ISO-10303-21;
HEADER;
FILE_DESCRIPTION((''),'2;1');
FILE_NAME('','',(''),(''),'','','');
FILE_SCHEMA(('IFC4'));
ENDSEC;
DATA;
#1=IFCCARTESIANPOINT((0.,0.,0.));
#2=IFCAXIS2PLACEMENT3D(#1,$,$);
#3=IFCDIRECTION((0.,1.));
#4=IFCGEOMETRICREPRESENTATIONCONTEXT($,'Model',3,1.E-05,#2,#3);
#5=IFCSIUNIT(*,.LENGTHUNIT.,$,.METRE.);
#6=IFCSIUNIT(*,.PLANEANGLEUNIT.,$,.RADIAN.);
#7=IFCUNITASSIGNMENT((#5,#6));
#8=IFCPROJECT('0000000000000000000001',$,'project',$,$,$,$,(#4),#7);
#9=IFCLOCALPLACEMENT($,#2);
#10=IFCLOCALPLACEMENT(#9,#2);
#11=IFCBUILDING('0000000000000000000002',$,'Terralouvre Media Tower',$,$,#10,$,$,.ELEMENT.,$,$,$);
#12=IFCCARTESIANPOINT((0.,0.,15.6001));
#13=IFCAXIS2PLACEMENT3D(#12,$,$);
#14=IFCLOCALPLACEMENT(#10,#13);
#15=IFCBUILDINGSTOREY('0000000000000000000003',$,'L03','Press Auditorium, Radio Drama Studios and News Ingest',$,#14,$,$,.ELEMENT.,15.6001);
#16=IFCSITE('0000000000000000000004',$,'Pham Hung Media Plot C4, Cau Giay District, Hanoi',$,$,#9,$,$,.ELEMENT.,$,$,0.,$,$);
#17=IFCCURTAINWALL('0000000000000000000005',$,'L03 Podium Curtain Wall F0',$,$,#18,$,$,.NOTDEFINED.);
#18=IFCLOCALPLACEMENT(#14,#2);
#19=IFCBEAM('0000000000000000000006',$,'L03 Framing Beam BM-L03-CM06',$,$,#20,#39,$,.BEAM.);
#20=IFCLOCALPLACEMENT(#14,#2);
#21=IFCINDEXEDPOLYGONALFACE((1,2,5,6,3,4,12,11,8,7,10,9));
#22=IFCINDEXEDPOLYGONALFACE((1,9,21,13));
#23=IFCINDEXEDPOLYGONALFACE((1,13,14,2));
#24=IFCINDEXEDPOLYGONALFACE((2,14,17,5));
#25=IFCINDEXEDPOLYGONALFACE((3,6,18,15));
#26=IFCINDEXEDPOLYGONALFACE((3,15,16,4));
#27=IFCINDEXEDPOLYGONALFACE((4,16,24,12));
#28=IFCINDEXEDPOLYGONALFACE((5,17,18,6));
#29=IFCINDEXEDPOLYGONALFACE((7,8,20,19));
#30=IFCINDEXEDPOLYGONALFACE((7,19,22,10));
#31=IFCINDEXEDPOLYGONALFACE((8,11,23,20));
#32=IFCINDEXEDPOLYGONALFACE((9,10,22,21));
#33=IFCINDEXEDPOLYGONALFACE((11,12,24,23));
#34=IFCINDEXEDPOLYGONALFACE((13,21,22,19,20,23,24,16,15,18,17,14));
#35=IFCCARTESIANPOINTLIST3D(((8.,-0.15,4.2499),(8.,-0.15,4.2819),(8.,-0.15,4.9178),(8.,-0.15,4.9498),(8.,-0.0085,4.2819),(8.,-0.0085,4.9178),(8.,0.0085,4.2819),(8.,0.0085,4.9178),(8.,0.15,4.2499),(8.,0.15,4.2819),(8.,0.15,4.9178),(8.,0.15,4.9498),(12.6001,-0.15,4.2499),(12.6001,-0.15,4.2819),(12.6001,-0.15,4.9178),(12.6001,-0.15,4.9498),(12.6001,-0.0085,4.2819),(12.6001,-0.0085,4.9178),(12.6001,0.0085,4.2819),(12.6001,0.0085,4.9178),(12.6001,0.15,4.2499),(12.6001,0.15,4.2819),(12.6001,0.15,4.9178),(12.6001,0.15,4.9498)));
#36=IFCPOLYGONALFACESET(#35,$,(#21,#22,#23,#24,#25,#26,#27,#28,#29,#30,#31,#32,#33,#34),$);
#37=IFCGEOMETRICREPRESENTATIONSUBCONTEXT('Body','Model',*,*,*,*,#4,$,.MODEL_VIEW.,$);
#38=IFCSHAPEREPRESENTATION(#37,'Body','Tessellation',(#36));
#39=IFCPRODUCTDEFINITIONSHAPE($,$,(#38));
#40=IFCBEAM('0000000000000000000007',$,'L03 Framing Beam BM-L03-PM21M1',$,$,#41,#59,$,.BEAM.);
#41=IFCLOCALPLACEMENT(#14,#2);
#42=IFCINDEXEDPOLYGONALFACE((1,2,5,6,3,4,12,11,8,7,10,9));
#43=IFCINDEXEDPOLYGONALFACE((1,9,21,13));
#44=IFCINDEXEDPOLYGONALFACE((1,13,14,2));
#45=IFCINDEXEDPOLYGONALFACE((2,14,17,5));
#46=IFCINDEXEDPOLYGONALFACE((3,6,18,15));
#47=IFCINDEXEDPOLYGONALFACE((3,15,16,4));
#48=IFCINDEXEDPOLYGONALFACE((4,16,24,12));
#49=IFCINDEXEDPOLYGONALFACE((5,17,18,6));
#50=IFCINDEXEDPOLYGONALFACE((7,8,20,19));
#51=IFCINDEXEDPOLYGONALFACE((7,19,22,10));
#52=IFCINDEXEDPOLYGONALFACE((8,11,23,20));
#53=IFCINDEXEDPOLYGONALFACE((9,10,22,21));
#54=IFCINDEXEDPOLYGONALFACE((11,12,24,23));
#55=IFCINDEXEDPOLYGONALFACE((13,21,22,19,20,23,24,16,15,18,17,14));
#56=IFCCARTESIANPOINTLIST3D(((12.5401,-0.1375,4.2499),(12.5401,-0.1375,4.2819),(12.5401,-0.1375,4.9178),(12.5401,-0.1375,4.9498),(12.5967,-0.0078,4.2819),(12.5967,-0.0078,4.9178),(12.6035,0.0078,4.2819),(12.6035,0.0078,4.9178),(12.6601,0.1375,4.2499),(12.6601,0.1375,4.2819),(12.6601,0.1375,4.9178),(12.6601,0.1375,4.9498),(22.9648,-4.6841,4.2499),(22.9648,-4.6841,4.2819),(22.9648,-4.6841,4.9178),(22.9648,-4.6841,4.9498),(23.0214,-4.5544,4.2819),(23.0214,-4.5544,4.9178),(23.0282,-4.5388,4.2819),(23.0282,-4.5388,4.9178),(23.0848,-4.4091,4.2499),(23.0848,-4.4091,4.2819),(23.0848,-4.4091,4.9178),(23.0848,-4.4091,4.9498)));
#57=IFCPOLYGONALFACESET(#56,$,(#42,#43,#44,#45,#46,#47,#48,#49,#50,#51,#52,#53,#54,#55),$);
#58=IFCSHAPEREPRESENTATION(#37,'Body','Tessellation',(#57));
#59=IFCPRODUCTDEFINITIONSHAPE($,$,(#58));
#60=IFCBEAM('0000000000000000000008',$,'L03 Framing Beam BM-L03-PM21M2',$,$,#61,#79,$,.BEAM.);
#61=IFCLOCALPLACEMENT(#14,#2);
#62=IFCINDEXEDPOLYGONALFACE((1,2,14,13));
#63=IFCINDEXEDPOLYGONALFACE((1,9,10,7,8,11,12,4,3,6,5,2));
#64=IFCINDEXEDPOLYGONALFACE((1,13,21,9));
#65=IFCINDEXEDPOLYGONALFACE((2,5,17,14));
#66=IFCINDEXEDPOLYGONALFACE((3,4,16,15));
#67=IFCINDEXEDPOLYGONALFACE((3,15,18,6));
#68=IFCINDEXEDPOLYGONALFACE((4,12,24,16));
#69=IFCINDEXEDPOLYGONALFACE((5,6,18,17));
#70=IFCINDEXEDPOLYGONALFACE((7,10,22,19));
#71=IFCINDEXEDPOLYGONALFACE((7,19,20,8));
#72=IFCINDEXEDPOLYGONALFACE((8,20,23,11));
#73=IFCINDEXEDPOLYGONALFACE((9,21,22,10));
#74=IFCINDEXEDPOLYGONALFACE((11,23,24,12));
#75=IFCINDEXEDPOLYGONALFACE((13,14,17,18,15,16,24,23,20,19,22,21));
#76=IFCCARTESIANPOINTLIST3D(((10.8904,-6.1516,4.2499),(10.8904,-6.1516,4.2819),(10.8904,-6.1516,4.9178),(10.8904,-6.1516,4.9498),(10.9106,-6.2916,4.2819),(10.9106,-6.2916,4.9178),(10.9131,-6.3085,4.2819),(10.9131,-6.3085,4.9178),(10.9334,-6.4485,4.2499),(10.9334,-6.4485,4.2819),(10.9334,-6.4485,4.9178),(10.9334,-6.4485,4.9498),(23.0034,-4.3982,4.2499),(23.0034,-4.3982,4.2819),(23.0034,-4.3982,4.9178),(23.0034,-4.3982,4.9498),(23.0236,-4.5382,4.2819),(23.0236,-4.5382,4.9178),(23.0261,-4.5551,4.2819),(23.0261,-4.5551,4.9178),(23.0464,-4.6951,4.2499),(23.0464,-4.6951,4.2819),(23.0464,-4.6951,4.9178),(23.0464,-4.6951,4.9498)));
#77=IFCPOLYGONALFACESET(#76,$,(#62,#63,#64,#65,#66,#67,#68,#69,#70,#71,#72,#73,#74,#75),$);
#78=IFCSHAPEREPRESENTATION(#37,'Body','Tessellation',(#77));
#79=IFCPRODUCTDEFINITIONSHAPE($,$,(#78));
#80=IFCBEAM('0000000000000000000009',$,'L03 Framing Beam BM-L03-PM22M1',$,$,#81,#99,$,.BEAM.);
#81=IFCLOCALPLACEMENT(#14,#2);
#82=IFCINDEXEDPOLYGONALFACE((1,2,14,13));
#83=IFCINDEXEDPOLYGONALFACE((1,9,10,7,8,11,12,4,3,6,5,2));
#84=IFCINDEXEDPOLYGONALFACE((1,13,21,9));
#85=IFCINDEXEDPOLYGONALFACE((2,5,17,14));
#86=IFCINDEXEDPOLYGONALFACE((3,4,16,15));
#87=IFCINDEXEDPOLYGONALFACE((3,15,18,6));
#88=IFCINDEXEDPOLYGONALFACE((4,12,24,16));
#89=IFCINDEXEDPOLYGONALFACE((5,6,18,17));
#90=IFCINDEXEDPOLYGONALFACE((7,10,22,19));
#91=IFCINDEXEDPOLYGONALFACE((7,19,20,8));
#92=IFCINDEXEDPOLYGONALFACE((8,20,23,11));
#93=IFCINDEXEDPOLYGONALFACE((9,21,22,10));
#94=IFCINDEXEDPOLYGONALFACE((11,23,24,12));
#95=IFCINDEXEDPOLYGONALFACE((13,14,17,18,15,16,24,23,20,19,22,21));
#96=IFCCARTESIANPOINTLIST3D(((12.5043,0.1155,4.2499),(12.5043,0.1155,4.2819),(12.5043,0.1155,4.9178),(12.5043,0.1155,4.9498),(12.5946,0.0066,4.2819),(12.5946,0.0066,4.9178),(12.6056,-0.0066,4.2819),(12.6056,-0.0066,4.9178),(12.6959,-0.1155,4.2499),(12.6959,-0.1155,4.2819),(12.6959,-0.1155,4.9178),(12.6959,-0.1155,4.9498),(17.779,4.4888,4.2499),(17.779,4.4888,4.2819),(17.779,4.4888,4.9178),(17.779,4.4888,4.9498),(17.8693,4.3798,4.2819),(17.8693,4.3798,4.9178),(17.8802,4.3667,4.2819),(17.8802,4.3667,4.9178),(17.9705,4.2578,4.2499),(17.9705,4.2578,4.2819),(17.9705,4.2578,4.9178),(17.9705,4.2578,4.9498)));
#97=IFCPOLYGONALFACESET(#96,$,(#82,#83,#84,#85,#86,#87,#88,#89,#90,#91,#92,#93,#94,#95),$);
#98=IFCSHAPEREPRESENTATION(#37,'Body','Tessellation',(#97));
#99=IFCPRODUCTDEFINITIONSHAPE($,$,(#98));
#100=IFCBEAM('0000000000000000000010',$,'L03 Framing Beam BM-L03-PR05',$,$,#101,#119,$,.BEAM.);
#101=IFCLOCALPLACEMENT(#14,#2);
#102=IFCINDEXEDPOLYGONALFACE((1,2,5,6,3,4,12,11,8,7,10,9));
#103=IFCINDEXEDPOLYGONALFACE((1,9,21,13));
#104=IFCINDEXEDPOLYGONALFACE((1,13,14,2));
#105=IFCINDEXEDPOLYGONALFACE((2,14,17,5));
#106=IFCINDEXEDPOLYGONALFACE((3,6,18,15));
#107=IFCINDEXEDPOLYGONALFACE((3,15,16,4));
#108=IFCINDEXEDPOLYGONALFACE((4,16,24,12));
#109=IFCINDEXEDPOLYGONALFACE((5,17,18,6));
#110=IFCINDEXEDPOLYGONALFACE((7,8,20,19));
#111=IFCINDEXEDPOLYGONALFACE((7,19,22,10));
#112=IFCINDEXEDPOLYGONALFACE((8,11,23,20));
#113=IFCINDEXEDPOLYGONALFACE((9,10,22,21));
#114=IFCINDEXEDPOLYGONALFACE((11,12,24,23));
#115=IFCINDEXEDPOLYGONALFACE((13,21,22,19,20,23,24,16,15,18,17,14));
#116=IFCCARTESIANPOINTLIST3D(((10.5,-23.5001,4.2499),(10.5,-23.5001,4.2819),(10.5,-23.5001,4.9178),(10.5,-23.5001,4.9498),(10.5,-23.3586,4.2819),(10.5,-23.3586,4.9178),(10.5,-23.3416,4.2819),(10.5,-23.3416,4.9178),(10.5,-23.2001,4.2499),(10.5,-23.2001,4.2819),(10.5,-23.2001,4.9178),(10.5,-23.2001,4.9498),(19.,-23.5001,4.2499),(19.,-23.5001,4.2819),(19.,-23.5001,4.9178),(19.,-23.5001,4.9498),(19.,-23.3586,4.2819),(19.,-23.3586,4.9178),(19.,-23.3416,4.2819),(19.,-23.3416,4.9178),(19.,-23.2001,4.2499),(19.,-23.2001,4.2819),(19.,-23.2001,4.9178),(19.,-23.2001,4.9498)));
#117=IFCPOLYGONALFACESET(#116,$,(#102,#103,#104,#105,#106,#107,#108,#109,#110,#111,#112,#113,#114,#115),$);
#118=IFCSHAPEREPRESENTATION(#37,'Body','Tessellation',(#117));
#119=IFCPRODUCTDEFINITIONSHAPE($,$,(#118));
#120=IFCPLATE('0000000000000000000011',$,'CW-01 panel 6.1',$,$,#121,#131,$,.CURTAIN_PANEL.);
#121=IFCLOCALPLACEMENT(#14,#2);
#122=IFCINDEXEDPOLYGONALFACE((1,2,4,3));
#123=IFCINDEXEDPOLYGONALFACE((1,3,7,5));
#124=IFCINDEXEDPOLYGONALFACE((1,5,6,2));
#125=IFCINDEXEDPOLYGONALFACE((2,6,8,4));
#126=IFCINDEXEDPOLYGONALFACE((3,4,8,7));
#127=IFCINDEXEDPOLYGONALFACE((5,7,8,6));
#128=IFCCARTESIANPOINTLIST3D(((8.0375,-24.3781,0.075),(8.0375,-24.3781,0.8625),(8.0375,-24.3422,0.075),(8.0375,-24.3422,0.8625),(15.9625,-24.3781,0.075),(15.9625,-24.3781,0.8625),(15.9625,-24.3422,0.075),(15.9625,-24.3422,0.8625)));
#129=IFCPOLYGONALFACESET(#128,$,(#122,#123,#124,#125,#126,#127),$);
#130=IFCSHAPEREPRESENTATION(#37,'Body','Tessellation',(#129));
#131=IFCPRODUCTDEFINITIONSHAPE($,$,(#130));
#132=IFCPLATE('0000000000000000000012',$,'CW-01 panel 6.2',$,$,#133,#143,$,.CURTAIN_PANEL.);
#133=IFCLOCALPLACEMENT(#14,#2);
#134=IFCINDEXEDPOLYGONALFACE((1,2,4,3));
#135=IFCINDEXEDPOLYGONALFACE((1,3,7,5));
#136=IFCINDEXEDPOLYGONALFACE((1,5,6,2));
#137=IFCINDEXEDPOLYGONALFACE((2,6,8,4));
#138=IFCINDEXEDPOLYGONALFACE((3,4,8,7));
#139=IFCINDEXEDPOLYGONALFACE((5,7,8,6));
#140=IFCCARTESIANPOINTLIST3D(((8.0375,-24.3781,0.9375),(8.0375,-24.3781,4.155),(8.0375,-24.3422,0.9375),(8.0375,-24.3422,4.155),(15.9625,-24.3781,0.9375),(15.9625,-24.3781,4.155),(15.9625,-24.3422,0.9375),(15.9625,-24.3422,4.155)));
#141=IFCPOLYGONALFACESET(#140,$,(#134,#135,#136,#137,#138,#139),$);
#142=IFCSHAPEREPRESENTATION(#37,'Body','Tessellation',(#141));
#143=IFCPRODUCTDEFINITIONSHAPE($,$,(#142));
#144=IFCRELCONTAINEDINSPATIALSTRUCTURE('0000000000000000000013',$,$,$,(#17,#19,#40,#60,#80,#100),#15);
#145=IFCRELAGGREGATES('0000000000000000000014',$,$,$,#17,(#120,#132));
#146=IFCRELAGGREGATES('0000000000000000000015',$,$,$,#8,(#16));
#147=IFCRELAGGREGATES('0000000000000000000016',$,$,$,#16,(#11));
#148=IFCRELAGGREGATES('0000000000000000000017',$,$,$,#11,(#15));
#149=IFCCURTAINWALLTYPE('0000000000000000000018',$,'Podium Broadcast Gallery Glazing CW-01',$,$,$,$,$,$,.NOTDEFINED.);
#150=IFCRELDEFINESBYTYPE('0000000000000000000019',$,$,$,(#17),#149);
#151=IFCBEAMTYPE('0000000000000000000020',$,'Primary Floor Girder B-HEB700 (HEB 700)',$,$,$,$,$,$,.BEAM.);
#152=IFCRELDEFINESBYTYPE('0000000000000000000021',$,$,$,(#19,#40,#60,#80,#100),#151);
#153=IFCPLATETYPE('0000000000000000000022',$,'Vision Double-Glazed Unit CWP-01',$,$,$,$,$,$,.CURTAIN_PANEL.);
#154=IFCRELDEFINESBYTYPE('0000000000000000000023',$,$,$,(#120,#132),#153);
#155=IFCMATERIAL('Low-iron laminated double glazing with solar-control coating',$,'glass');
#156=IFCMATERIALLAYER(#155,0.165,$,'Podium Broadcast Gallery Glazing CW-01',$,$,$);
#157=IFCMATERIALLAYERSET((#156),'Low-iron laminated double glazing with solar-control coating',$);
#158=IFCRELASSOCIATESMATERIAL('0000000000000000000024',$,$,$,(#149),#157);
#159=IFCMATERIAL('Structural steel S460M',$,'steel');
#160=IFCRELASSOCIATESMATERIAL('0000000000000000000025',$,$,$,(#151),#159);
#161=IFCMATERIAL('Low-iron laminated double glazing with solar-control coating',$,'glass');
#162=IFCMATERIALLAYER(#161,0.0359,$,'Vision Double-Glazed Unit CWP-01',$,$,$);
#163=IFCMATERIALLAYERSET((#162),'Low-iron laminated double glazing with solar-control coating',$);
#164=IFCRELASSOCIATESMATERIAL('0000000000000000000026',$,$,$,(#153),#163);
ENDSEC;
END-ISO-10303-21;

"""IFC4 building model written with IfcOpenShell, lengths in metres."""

from ifc_helpers import new_model, si_unit, direction, frame, origin, origin_2d, place, context, subcontext, project, spatial, rectangle, i_section, extrude, material, layer, layer_set, material_profile, profile_set, type_object, element, aggregate, save


model = new_model("IFC4")

# Units and contexts
model_context = context("Model", 3, precision=1e-05, world=origin(), true_north=direction((0.0, 1.0)))
body_context = subcontext(model_context, "Body", "Model", "MODEL_VIEW")
ifc_project = project(units=[si_unit("LENGTHUNIT", "METRE"), si_unit("PLANEANGLEUNIT", "RADIAN")], contexts=[model_context])

# Site, building, storey
site_placement = place(None, origin())
site = spatial("IfcSite", under=ifc_project, at=site_placement, Name="Pham Hung Media Plot C4, Cau Giay District, Hanoi", CompositionType="ELEMENT", RefElevation=0.0)
building_placement = place(site_placement, origin())
building = spatial("IfcBuilding", under=site, at=building_placement, Name="Terralouvre Media Tower", CompositionType="ELEMENT")
storey_placement = place(building_placement, frame((0.0, 0.0, 15.6001)))
storey = spatial("IfcBuildingStorey", under=building, at=storey_placement, Name="L03", Description="Press Auditorium, Radio Drama Studios and News Ingest", CompositionType="ELEMENT", Elevation=15.6001)

# Curtain wall
ifc_material_1 = material(Name="Low-iron laminated double glazing with solar-control coating", Category="glass")
ifc_layer_1 = layer(ifc_material_1, 0.165, Name="Podium Broadcast Gallery Glazing CW-01")
ifc_layer_set_1 = layer_set([ifc_layer_1], Name="Low-iron laminated double glazing with solar-control coating")
curtain_wall_type = type_object("IfcCurtainWallType", Name="Podium Broadcast Gallery Glazing CW-01", PredefinedType="NOTDEFINED", material=ifc_layer_set_1)
curtain_wall_placement = place(storey_placement, origin())
curtain_wall = element("IfcCurtainWall", 1, at=curtain_wall_placement, inside=storey, type_object=curtain_wall_type, Name="L03 Podium Curtain Wall F0", PredefinedType="NOTDEFINED")

# Beams
ifc_material_2 = material(Name="Structural steel S460M", Category="steel")
ifc_material_profile_1 = material_profile(ifc_material_2, i_section(OverallWidth=0.3, OverallDepth=0.7, WebThickness=0.0171, FlangeThickness=0.032, at=origin_2d()), Name="HEB 700")
ifc_profile_set_1 = profile_set([ifc_material_profile_1], Name="Structural steel S460M")
beam_type_1 = type_object("IfcBeamType", Name="Primary Floor Girder B-HEB700 (HEB 700)", PredefinedType="BEAM", material=ifc_profile_set_1)
beam_1_placement = place(storey_placement, frame((8.0, 0.0, 4.5999), z_axis=(1.0, 0.0, 0.0), x_axis=(0.0, 1.0, 0.0)))
element("IfcBeam", 2, at=beam_1_placement, inside=storey, type_object=beam_type_1, Name="L03 Framing Beam BM-L03-CM06", PredefinedType="BEAM", context=body_context, shape_type="SweptSolid", body=[
    extrude(i_section(OverallWidth=0.3, OverallDepth=0.7, WebThickness=0.0171, FlangeThickness=0.032, at=origin_2d()), origin(), (0.0, 0.0, 1.0), 4.6001),
])
beam_2_placement = place(storey_placement, frame((12.6001, 0.0, 4.5999), z_axis=(0.916616, -0.399769, 0.0), x_axis=(0.399769, 0.916616, 0.0)))
element("IfcBeam", 3, at=beam_2_placement, inside=storey, type_object=beam_type_1, Name="L03 Framing Beam BM-L03-PM21M1", PredefinedType="BEAM", context=body_context, shape_type="SweptSolid", body=[
    extrude(i_section(OverallWidth=0.3, OverallDepth=0.7, WebThickness=0.0171, FlangeThickness=0.032, at=origin_2d()), origin(), (0.0, 0.0, 1.0), 11.373),
])
beam_3_placement = place(storey_placement, frame((10.9119, -6.3, 4.5999), z_axis=(0.989685, 0.143261, 0.0), x_axis=(-0.143261, 0.989685, 0.0)))
element("IfcBeam", 4, at=beam_3_placement, inside=storey, type_object=beam_type_1, Name="L03 Framing Beam BM-L03-PM21M2", PredefinedType="BEAM", context=body_context, shape_type="SweptSolid", body=[
    extrude(i_section(OverallWidth=0.3, OverallDepth=0.7, WebThickness=0.0171, FlangeThickness=0.032, at=origin_2d()), origin(), (0.0, 0.0, 1.0), 12.2393),
])
beam_4_placement = place(storey_placement, frame((12.6001, 0.0, 4.5999), z_axis=(0.769816, 0.638265, 0.0), x_axis=(-0.638265, 0.769816, 0.0)))
element("IfcBeam", 5, at=beam_4_placement, inside=storey, type_object=beam_type_1, Name="L03 Framing Beam BM-L03-PM22M1", PredefinedType="BEAM", context=body_context, shape_type="SweptSolid", body=[
    extrude(i_section(OverallWidth=0.3, OverallDepth=0.7, WebThickness=0.0171, FlangeThickness=0.032, at=origin_2d()), origin(), (0.0, 0.0, 1.0), 6.8518),
])
beam_5_placement = place(storey_placement, frame((10.5, -23.3501, 4.5999), z_axis=(1.0, 0.0, 0.0), x_axis=(0.0, 1.0, 0.0)))
element("IfcBeam", 6, at=beam_5_placement, inside=storey, type_object=beam_type_1, Name="L03 Framing Beam BM-L03-PR05", PredefinedType="BEAM", context=body_context, shape_type="SweptSolid", body=[
    extrude(i_section(OverallWidth=0.3, OverallDepth=0.7, WebThickness=0.0171, FlangeThickness=0.032, at=origin_2d()), origin(), (0.0, 0.0, 1.0), 8.5),
])

# Plates
ifc_material_3 = material(Name="Low-iron laminated double glazing with solar-control coating", Category="glass")
ifc_layer_2 = layer(ifc_material_3, 0.0359, Name="Vision Double-Glazed Unit CWP-01")
ifc_layer_set_2 = layer_set([ifc_layer_2], Name="Low-iron laminated double glazing with solar-control coating")
plate_type = type_object("IfcPlateType", Name="Vision Double-Glazed Unit CWP-01", PredefinedType="CURTAIN_PANEL", material=ifc_layer_set_2)
plate_1_placement = place(storey_placement, frame((12.0, -24.3601, 0.075), z_axis=(0.0, 0.0, 1.0), x_axis=(1.0, 0.0, 0.0)))
plate_1 = element("IfcPlate", 7, at=plate_1_placement, type_object=plate_type, Name="CW-01 panel 6.1", PredefinedType="CURTAIN_PANEL", context=body_context, shape_type="SweptSolid", body=[
    extrude(rectangle(XDim=7.925, YDim=0.0359, at=origin_2d()), origin(), (0.0, 0.0, 1.0), 0.7876),
])
plate_2_placement = place(storey_placement, frame((12.0, -24.3601, 0.9375), z_axis=(0.0, 0.0, 1.0), x_axis=(1.0, 0.0, 0.0)))
plate_2 = element("IfcPlate", 8, at=plate_2_placement, type_object=plate_type, Name="CW-01 panel 6.2", PredefinedType="CURTAIN_PANEL", context=body_context, shape_type="SweptSolid", body=[
    extrude(rectangle(XDim=7.925, YDim=0.0359, at=origin_2d()), origin(), (0.0, 0.0, 1.0), 3.2175),
])
aggregate(curtain_wall, [plate_1, plate_2])

save(model, "model.ifc")
